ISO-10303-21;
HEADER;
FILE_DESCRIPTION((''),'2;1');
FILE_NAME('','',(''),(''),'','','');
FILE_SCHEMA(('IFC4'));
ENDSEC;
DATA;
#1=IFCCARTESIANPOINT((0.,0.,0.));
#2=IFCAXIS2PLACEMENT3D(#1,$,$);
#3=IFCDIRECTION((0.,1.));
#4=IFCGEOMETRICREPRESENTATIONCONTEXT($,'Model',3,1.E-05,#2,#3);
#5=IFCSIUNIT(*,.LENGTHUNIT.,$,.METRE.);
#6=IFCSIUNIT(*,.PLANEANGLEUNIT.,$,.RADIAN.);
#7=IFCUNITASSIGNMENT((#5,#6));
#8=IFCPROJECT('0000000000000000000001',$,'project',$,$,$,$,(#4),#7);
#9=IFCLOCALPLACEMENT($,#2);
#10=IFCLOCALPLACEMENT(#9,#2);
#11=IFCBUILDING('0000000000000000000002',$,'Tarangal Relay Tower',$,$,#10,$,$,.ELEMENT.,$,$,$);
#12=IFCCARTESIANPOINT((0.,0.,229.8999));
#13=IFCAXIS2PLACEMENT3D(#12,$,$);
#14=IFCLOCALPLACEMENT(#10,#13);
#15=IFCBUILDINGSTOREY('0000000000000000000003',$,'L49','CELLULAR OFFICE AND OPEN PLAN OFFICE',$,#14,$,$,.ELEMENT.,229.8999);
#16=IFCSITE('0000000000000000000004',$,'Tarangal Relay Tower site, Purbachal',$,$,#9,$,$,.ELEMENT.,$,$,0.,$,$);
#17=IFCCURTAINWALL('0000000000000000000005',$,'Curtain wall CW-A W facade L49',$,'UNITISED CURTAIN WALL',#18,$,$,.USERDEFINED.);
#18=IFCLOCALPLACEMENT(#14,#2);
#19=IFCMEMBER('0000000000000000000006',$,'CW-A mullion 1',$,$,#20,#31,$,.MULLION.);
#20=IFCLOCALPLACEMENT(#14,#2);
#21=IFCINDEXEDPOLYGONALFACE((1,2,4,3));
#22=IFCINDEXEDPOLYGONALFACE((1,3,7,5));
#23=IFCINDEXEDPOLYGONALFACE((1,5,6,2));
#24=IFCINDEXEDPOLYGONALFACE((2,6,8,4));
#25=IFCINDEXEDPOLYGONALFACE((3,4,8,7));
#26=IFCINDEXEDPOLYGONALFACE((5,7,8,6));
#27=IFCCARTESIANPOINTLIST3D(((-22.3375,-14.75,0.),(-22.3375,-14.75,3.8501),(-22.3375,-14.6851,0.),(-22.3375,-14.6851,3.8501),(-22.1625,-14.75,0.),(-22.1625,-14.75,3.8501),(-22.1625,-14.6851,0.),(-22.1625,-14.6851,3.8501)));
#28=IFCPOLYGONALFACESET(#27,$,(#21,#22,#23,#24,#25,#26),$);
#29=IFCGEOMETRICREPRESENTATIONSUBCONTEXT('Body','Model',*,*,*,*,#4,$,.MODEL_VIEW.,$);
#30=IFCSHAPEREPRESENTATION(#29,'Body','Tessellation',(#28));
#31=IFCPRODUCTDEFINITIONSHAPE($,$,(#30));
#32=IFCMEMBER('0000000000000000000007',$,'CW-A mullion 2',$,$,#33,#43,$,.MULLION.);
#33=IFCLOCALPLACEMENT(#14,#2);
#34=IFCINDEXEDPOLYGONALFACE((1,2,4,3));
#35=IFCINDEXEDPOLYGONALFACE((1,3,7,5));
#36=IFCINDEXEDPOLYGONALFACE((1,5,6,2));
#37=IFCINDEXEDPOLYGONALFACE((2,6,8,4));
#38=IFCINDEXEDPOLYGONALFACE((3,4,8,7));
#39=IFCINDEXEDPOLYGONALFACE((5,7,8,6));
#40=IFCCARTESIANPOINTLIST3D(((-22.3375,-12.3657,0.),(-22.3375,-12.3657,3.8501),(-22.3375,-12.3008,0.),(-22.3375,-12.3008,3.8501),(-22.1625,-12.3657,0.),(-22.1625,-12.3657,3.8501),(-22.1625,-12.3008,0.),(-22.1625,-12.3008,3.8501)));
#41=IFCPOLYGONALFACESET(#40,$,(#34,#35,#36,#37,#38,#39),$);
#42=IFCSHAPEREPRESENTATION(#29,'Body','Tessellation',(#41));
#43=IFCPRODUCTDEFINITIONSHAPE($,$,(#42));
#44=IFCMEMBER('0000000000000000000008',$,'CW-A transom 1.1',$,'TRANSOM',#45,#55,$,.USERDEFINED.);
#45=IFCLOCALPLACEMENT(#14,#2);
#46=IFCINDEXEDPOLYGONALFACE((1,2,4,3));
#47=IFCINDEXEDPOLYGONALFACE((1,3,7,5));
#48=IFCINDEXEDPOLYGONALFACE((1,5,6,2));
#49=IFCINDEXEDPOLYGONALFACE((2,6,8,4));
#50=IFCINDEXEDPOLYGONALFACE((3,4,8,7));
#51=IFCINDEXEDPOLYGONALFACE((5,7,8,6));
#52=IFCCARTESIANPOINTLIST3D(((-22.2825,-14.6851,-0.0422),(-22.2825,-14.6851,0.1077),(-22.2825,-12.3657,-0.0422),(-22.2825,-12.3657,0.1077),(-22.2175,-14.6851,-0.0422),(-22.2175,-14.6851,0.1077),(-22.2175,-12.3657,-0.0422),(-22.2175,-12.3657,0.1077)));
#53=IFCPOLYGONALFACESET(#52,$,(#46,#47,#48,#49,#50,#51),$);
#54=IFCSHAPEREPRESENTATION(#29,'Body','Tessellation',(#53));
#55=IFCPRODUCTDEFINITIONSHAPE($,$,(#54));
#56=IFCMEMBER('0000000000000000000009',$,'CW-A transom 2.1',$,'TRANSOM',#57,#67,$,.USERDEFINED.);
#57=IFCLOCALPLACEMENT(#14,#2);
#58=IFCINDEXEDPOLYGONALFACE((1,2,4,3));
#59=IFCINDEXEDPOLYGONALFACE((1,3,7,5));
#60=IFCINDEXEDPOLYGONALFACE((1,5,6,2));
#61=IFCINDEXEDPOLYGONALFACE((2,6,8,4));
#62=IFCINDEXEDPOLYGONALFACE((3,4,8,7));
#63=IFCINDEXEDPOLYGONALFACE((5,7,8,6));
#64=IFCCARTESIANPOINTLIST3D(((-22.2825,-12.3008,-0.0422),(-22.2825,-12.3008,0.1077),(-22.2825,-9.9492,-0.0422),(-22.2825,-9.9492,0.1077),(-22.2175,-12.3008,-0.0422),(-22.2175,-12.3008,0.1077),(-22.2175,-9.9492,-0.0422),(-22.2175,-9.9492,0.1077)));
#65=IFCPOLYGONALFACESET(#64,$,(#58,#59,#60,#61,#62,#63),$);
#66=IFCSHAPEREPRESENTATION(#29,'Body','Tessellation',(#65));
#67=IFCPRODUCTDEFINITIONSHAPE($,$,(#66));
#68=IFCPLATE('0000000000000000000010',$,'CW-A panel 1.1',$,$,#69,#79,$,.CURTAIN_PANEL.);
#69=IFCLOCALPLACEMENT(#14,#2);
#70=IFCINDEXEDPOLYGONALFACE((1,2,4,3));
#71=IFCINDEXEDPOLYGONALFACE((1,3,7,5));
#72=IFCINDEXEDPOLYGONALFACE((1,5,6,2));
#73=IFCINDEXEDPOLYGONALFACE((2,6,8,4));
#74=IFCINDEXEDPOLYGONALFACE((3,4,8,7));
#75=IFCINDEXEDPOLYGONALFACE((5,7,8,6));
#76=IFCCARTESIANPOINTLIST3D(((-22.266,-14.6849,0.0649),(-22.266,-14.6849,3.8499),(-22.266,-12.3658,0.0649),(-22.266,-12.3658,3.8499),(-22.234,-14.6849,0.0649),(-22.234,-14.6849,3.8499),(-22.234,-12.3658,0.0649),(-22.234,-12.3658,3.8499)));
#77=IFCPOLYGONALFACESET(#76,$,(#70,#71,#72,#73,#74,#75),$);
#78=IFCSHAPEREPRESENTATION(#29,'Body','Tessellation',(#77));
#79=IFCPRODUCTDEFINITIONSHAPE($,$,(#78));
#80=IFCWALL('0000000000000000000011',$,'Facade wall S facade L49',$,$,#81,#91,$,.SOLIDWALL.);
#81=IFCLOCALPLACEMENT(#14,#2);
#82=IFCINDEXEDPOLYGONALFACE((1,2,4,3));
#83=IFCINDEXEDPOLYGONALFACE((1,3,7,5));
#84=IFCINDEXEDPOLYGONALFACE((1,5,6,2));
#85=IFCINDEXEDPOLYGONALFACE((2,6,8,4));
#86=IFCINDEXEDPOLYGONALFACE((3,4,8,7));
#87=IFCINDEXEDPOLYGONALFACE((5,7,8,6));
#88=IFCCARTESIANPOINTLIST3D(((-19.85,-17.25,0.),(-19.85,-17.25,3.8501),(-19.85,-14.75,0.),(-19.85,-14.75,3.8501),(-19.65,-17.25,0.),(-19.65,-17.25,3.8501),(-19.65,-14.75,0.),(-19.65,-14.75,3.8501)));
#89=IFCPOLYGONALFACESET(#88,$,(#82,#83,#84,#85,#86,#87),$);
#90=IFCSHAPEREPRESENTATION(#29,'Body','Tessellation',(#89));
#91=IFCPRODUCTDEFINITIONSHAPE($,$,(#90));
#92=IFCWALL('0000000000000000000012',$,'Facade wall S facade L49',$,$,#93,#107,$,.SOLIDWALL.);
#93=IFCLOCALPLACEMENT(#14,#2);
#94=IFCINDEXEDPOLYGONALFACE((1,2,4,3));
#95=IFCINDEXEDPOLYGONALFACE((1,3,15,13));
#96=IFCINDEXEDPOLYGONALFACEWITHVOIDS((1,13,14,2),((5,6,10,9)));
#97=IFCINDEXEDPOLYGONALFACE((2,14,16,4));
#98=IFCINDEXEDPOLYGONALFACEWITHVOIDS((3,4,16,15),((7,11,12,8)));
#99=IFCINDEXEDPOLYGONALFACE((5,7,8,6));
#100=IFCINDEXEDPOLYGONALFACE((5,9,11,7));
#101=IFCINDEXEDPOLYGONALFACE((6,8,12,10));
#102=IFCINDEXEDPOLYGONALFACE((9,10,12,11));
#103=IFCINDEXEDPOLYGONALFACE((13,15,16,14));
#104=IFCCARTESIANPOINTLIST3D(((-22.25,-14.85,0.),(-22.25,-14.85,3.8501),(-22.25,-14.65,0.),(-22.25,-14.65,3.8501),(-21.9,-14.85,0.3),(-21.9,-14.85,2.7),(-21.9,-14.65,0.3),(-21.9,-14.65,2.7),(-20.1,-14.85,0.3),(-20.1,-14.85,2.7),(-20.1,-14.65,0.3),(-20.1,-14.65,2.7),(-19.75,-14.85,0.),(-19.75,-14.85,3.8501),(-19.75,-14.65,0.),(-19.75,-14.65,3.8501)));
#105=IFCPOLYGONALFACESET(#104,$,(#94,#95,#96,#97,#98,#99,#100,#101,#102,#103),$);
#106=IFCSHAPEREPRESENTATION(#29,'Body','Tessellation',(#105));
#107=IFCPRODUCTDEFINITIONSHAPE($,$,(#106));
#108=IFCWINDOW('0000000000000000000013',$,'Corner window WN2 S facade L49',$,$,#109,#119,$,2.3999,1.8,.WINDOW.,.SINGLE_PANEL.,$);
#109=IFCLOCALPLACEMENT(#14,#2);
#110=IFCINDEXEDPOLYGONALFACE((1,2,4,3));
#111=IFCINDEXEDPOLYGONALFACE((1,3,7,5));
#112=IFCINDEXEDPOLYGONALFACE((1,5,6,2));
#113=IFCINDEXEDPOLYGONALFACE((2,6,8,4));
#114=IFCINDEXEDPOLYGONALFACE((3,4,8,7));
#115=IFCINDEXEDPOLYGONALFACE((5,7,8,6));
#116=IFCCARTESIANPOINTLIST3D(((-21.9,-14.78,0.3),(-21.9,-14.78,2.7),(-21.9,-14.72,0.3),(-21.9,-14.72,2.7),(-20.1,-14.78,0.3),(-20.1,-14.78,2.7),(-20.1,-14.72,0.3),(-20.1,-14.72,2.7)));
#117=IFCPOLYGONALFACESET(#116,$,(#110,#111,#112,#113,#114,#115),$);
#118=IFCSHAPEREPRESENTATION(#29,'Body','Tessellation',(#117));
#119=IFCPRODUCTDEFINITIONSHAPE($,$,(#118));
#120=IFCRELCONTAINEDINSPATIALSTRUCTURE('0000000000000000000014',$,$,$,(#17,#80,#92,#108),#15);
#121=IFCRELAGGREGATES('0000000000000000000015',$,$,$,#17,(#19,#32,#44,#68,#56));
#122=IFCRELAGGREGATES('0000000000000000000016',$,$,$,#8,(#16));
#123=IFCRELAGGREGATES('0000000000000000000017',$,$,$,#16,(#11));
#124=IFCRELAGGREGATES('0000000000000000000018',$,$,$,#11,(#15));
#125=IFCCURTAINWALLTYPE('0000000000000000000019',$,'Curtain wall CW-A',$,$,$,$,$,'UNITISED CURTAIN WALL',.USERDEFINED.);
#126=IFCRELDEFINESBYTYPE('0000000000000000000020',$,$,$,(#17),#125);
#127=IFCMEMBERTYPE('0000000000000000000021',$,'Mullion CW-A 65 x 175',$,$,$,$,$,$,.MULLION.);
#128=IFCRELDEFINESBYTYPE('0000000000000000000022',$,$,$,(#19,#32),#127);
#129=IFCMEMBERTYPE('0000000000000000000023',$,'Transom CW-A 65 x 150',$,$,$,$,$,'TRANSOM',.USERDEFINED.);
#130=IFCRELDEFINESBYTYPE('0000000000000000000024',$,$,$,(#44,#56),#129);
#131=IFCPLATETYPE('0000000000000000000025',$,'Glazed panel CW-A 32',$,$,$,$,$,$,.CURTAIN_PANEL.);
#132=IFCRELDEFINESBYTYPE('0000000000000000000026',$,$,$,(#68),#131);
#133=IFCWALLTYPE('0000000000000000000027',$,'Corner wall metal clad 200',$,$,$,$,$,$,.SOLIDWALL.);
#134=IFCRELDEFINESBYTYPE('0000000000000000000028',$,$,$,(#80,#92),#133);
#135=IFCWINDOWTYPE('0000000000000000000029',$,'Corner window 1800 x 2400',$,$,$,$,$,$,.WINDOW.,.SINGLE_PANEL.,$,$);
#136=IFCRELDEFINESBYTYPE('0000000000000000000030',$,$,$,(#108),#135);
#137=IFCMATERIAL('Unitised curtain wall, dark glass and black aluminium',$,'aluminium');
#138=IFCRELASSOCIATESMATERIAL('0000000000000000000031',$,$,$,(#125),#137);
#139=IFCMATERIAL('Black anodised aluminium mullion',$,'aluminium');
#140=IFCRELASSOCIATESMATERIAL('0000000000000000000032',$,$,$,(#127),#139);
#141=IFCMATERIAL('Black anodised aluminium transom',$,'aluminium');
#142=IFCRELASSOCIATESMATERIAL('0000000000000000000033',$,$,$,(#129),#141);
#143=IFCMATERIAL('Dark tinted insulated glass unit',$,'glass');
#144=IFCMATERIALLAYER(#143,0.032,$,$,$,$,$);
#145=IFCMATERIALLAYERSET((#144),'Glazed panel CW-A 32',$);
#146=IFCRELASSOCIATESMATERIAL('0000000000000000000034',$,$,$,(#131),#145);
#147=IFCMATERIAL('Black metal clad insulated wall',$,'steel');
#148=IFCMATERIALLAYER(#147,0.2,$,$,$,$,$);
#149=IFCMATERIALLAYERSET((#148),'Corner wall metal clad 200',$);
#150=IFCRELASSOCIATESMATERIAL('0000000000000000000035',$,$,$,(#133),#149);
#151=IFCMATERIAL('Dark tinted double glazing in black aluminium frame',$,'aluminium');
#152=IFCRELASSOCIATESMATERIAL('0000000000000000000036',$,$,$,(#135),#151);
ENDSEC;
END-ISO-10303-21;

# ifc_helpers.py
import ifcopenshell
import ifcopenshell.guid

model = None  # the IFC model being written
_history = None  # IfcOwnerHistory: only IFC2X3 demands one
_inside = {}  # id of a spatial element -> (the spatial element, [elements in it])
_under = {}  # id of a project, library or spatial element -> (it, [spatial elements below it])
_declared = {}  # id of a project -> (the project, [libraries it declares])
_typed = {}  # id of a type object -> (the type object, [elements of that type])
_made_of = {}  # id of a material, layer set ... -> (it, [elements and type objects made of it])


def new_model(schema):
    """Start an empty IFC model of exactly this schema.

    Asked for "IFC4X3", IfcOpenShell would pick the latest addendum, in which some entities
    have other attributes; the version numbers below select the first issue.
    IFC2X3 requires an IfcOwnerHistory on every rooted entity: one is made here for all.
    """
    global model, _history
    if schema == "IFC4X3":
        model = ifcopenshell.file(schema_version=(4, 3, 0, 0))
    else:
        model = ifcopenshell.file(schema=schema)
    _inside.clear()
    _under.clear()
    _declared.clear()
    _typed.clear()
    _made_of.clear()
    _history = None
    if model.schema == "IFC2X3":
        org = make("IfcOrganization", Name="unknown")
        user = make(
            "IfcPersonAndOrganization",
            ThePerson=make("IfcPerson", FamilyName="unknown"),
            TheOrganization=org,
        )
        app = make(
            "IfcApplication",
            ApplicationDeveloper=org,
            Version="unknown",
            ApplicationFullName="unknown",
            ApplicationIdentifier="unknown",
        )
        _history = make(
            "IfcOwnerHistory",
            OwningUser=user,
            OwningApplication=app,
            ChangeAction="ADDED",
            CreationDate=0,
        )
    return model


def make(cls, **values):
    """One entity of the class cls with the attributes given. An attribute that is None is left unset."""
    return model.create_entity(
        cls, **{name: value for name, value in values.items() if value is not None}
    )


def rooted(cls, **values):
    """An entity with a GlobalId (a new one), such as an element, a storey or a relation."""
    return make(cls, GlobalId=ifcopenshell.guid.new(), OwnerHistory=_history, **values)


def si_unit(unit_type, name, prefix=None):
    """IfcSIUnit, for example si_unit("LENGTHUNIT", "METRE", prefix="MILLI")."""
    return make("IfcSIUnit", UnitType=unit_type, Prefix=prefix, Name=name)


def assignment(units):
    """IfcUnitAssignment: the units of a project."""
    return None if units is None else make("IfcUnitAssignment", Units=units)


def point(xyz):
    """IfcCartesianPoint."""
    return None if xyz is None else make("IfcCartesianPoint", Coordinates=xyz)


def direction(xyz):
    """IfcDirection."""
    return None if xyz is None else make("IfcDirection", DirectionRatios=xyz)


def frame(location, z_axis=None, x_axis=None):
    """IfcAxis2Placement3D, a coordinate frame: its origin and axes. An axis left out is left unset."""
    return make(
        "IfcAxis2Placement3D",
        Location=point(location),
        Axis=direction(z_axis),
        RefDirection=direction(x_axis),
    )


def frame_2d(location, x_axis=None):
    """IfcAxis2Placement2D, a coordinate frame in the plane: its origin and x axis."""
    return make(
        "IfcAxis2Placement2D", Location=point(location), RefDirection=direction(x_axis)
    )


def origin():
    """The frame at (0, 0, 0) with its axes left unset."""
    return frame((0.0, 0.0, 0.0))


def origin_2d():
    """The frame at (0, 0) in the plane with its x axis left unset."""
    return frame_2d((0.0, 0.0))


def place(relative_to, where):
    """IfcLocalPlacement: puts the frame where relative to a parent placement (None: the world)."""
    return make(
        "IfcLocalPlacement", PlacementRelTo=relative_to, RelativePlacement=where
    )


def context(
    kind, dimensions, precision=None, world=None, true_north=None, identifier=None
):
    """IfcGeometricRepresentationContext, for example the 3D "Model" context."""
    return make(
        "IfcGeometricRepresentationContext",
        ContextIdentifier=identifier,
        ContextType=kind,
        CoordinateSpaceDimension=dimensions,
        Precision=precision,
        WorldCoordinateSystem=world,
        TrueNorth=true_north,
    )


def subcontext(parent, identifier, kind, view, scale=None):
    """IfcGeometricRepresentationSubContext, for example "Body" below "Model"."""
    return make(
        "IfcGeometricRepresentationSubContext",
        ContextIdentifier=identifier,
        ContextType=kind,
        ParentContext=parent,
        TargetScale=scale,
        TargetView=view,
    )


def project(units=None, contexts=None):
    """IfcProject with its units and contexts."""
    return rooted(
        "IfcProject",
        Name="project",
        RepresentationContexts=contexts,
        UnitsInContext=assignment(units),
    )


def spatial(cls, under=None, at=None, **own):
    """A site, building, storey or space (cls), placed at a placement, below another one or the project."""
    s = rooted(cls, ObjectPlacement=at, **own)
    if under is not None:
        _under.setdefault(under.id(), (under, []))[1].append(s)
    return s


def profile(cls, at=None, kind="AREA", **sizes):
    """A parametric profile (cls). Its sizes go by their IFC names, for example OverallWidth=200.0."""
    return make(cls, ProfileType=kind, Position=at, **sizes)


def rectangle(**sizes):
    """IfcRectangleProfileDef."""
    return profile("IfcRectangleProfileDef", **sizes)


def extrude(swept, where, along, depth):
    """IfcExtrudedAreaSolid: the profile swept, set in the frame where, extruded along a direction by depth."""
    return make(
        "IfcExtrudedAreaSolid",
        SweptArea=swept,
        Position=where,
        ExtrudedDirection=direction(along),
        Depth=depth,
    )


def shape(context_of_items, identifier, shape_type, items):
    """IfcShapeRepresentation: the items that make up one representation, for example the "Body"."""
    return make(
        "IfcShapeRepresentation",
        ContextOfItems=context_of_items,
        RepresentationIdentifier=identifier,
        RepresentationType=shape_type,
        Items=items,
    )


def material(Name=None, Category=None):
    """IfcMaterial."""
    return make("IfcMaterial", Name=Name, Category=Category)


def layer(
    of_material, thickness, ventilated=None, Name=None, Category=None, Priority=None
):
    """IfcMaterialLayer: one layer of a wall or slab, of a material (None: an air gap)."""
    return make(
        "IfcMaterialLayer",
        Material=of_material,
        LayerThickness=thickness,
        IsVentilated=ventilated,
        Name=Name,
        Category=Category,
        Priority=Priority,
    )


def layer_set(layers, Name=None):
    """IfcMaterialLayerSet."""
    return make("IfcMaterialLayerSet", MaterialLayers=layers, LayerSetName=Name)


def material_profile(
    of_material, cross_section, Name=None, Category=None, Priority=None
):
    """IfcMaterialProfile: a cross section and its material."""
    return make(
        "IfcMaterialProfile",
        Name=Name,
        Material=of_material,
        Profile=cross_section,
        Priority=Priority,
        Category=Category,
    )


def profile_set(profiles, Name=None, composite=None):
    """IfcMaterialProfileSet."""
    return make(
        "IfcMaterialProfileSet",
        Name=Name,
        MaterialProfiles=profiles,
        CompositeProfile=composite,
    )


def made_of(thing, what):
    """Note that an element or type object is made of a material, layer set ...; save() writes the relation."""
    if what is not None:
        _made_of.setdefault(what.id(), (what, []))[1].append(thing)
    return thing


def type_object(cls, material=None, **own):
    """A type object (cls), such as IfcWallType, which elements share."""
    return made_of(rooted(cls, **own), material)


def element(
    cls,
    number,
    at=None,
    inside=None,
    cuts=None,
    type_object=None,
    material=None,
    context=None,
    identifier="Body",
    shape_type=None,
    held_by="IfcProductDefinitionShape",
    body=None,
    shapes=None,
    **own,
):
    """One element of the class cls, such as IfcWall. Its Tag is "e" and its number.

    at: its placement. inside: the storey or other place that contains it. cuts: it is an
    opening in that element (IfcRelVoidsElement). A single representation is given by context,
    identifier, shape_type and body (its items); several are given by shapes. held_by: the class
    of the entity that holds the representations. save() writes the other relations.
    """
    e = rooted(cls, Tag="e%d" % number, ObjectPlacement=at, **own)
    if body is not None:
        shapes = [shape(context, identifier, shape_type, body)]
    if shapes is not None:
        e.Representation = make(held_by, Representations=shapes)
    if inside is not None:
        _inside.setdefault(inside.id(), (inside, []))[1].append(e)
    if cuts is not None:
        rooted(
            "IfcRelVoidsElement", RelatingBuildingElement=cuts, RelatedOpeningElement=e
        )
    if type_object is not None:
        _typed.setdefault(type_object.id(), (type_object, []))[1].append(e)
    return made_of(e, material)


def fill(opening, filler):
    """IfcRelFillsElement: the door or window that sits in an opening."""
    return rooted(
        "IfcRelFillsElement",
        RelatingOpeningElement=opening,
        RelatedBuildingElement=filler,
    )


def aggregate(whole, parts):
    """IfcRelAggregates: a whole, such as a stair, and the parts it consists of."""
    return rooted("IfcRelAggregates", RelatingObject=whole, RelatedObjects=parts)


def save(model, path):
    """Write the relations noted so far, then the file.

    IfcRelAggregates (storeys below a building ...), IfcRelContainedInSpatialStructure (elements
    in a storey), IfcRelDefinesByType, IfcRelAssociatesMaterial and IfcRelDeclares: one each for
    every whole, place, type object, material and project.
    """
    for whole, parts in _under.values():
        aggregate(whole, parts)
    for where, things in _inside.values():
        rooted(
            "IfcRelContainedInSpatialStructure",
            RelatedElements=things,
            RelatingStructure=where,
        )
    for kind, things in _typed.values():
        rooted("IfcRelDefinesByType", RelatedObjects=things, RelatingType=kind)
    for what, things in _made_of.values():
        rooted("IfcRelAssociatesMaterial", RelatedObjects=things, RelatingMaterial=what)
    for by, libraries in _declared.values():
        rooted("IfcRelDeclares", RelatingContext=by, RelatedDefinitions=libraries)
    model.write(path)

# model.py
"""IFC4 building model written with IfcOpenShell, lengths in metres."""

from ifc_helpers import new_model, si_unit, direction, frame, frame_2d, origin, origin_2d, place, context, subcontext, project, spatial, rectangle, extrude, material, layer, layer_set, material_profile, profile_set, type_object, element, fill, aggregate, save


model = new_model("IFC4")

# Units and contexts
model_context = context("Model", 3, precision=1e-05, world=origin(), true_north=direction((0.0, 1.0)))
body_context = subcontext(model_context, "Body", "Model", "MODEL_VIEW")
ifc_project = project(units=[si_unit("LENGTHUNIT", "METRE"), si_unit("PLANEANGLEUNIT", "RADIAN")], contexts=[model_context])

# Site, building, storey
site_placement = place(None, origin())
site = spatial("IfcSite", under=ifc_project, at=site_placement, Name="Tarangal Relay Tower site, Purbachal", CompositionType="ELEMENT", RefElevation=0.0)
building_placement = place(site_placement, origin())
building = spatial("IfcBuilding", under=site, at=building_placement, Name="Tarangal Relay Tower", CompositionType="ELEMENT")
storey_placement = place(building_placement, frame((0.0, 0.0, 229.8999)))
storey = spatial("IfcBuildingStorey", under=building, at=storey_placement, Name="L49", Description="CELLULAR OFFICE AND OPEN PLAN OFFICE", CompositionType="ELEMENT", Elevation=229.8999)

# Curtain wall, members, plate
ifc_material_1 = material(Name="Unitised curtain wall, dark glass and black aluminium", Category="aluminium")
curtain_wall_type = type_object("IfcCurtainWallType", Name="Curtain wall CW-A", ElementType="UNITISED CURTAIN WALL", PredefinedType="USERDEFINED", material=ifc_material_1)
curtain_wall_placement = place(storey_placement, origin())
curtain_wall = element("IfcCurtainWall", 1, at=curtain_wall_placement, inside=storey, type_object=curtain_wall_type, Name="Curtain wall CW-A W facade L49", ObjectType="UNITISED CURTAIN WALL", PredefinedType="USERDEFINED")
ifc_material_2 = material(Name="Black anodised aluminium mullion", Category="aluminium")
ifc_material_profile_1 = material_profile(ifc_material_2, rectangle(XDim=0.175, YDim=0.0649, at=origin_2d()), Name="CW-AM 65X175")
ifc_profile_set_1 = profile_set([ifc_material_profile_1], Name="Black anodised aluminium mullion")
member_type_1 = type_object("IfcMemberType", Name="Mullion CW-A 65 x 175", PredefinedType="MULLION", material=ifc_profile_set_1)
member_1_placement = place(storey_placement, frame((-22.25, -14.7175, 0.0), z_axis=(0.0, 0.0, 1.0), x_axis=(-1.0, 0.0, 0.0)))
member_1 = element("IfcMember", 2, at=member_1_placement, type_object=member_type_1, Name="CW-A mullion 1", PredefinedType="MULLION", context=body_context, shape_type="SweptSolid", body=[
    extrude(rectangle(XDim=0.175, YDim=0.0649, at=origin_2d()), origin(), (0.0, 0.0, 1.0), 3.8501),
])
member_2_placement = place(storey_placement, frame((-22.25, -12.3333, 0.0), z_axis=(0.0, 0.0, 1.0), x_axis=(-1.0, 0.0, 0.0)))
member_2 = element("IfcMember", 3, at=member_2_placement, type_object=member_type_1, Name="CW-A mullion 2", PredefinedType="MULLION", context=body_context, shape_type="SweptSolid", body=[
    extrude(rectangle(XDim=0.175, YDim=0.0649, at=origin_2d()), origin(), (0.0, 0.0, 1.0), 3.8501),
])
ifc_material_3 = material(Name="Black anodised aluminium transom", Category="aluminium")
ifc_material_profile_2 = material_profile(ifc_material_3, rectangle(XDim=0.0649, YDim=0.1499, at=origin_2d()), Name="CW-AT 65X150")
ifc_profile_set_2 = profile_set([ifc_material_profile_2], Name="Black anodised aluminium transom")
member_type_2 = type_object("IfcMemberType", Name="Transom CW-A 65 x 150", ElementType="TRANSOM", PredefinedType="USERDEFINED", material=ifc_profile_set_2)
member_3_placement = place(storey_placement, frame((-22.25, -14.6851, 0.0327), z_axis=(0.0, 1.0, 0.0), x_axis=(-1.0, 0.0, 0.0)))
member_3 = element("IfcMember", 4, at=member_3_placement, type_object=member_type_2, Name="CW-A transom 1.1", ObjectType="TRANSOM", PredefinedType="USERDEFINED", context=body_context, shape_type="SweptSolid", body=[
    extrude(rectangle(XDim=0.0649, YDim=0.1499, at=origin_2d()), origin(), (0.0, 0.0, 1.0), 2.3193),
])
member_4_placement = place(storey_placement, frame((-22.25, -12.3008, 0.0327), z_axis=(0.0, 1.0, 0.0), x_axis=(-1.0, 0.0, 0.0)))
member_4 = element("IfcMember", 5, at=member_4_placement, type_object=member_type_2, Name="CW-A transom 2.1", ObjectType="TRANSOM", PredefinedType="USERDEFINED", context=body_context, shape_type="SweptSolid", body=[
    extrude(rectangle(XDim=0.0649, YDim=0.1499, at=origin_2d()), origin(), (0.0, 0.0, 1.0), 2.3516),
])
ifc_material_4 = material(Name="Dark tinted insulated glass unit", Category="glass")
ifc_layer_1 = layer(ifc_material_4, 0.032)
ifc_layer_set_1 = layer_set([ifc_layer_1], Name="Glazed panel CW-A 32")
plate_type = type_object("IfcPlateType", Name="Glazed panel CW-A 32", PredefinedType="CURTAIN_PANEL", material=ifc_layer_set_1)
plate_placement = place(storey_placement, frame((-22.25, -13.5254, 0.0649), z_axis=(0.0, 0.0, 1.0), x_axis=(0.0, 1.0, 0.0)))
plate = element("IfcPlate", 6, at=plate_placement, type_object=plate_type, Name="CW-A panel 1.1", PredefinedType="CURTAIN_PANEL", context=body_context, shape_type="SweptSolid", body=[
    extrude(rectangle(XDim=2.3191, YDim=0.032, at=origin_2d()), origin(), (0.0, 0.0, 1.0), 3.7849),
])
aggregate(curtain_wall, [member_1, member_2, member_3, plate, member_4])

# Wall
ifc_material_5 = material(Name="Black metal clad insulated wall", Category="steel")
ifc_layer_2 = layer(ifc_material_5, 0.2)
ifc_layer_set_2 = layer_set([ifc_layer_2], Name="Corner wall metal clad 200")
wall_type = type_object("IfcWallType", Name="Corner wall metal clad 200", PredefinedType="SOLIDWALL", material=ifc_layer_set_2)
wall_1_placement = place(storey_placement, frame((-19.75, -17.25, 0.0), z_axis=(0.0, 0.0, 1.0), x_axis=(0.0, 1.0, 0.0)))
element("IfcWall", 7, at=wall_1_placement, inside=storey, type_object=wall_type, Name="Facade wall S facade L49", PredefinedType="SOLIDWALL", context=body_context, shape_type="SweptSolid", body=[
    extrude(rectangle(XDim=2.5, YDim=0.2, at=frame_2d((1.25, 0.0))), origin(), (0.0, 0.0, 1.0), 3.8501),
])

# Wall, opening, window
wall_2_placement = place(storey_placement, frame((-19.75, -14.75, 0.0), z_axis=(0.0, 0.0, 1.0), x_axis=(-1.0, 0.0, 0.0)))
wall_2 = element("IfcWall", 8, at=wall_2_placement, inside=storey, type_object=wall_type, Name="Facade wall S facade L49", PredefinedType="SOLIDWALL", context=body_context, shape_type="SweptSolid", body=[
    extrude(rectangle(XDim=2.5, YDim=0.2, at=frame_2d((1.25, 0.0))), origin(), (0.0, 0.0, 1.0), 3.8501),
])
opening_placement = place(wall_2_placement, frame((0.3501, 0.0, 0.3)))
opening = element("IfcOpeningElement", 9, at=opening_placement, cuts=wall_2, PredefinedType="OPENING", context=body_context, shape_type="SweptSolid", body=[
    extrude(rectangle(XDim=1.8, YDim=2.3999, at=frame_2d((0.8999, 1.2))), frame((0.0, 0.1099, 0.0), z_axis=(0.0, -1.0, 0.0), x_axis=(1.0, 0.0, 0.0)), (0.0, 0.0, 1.0), 0.22),
])
ifc_material_6 = material(Name="Dark tinted double glazing in black aluminium frame", Category="aluminium")
window_type = type_object("IfcWindowType", Name="Corner window 1800 x 2400", PartitioningType="SINGLE_PANEL", PredefinedType="WINDOW", material=ifc_material_6)
window_placement = place(opening_placement, origin())
window = element("IfcWindow", 10, at=window_placement, inside=storey, type_object=window_type, Name="Corner window WN2 S facade L49", OverallHeight=2.3999, OverallWidth=1.8, PartitioningType="SINGLE_PANEL", PredefinedType="WINDOW", context=body_context, shape_type="SweptSolid", body=[
    extrude(rectangle(XDim=1.8, YDim=2.3999, at=frame_2d((0.8999, 1.2))), frame((0.0, 0.03, 0.0), z_axis=(0.0, -1.0, 0.0), x_axis=(1.0, 0.0, 0.0)), (0.0, 0.0, 1.0), 0.0601),
])
fill(opening, window)

save(model, "model.ifc")
